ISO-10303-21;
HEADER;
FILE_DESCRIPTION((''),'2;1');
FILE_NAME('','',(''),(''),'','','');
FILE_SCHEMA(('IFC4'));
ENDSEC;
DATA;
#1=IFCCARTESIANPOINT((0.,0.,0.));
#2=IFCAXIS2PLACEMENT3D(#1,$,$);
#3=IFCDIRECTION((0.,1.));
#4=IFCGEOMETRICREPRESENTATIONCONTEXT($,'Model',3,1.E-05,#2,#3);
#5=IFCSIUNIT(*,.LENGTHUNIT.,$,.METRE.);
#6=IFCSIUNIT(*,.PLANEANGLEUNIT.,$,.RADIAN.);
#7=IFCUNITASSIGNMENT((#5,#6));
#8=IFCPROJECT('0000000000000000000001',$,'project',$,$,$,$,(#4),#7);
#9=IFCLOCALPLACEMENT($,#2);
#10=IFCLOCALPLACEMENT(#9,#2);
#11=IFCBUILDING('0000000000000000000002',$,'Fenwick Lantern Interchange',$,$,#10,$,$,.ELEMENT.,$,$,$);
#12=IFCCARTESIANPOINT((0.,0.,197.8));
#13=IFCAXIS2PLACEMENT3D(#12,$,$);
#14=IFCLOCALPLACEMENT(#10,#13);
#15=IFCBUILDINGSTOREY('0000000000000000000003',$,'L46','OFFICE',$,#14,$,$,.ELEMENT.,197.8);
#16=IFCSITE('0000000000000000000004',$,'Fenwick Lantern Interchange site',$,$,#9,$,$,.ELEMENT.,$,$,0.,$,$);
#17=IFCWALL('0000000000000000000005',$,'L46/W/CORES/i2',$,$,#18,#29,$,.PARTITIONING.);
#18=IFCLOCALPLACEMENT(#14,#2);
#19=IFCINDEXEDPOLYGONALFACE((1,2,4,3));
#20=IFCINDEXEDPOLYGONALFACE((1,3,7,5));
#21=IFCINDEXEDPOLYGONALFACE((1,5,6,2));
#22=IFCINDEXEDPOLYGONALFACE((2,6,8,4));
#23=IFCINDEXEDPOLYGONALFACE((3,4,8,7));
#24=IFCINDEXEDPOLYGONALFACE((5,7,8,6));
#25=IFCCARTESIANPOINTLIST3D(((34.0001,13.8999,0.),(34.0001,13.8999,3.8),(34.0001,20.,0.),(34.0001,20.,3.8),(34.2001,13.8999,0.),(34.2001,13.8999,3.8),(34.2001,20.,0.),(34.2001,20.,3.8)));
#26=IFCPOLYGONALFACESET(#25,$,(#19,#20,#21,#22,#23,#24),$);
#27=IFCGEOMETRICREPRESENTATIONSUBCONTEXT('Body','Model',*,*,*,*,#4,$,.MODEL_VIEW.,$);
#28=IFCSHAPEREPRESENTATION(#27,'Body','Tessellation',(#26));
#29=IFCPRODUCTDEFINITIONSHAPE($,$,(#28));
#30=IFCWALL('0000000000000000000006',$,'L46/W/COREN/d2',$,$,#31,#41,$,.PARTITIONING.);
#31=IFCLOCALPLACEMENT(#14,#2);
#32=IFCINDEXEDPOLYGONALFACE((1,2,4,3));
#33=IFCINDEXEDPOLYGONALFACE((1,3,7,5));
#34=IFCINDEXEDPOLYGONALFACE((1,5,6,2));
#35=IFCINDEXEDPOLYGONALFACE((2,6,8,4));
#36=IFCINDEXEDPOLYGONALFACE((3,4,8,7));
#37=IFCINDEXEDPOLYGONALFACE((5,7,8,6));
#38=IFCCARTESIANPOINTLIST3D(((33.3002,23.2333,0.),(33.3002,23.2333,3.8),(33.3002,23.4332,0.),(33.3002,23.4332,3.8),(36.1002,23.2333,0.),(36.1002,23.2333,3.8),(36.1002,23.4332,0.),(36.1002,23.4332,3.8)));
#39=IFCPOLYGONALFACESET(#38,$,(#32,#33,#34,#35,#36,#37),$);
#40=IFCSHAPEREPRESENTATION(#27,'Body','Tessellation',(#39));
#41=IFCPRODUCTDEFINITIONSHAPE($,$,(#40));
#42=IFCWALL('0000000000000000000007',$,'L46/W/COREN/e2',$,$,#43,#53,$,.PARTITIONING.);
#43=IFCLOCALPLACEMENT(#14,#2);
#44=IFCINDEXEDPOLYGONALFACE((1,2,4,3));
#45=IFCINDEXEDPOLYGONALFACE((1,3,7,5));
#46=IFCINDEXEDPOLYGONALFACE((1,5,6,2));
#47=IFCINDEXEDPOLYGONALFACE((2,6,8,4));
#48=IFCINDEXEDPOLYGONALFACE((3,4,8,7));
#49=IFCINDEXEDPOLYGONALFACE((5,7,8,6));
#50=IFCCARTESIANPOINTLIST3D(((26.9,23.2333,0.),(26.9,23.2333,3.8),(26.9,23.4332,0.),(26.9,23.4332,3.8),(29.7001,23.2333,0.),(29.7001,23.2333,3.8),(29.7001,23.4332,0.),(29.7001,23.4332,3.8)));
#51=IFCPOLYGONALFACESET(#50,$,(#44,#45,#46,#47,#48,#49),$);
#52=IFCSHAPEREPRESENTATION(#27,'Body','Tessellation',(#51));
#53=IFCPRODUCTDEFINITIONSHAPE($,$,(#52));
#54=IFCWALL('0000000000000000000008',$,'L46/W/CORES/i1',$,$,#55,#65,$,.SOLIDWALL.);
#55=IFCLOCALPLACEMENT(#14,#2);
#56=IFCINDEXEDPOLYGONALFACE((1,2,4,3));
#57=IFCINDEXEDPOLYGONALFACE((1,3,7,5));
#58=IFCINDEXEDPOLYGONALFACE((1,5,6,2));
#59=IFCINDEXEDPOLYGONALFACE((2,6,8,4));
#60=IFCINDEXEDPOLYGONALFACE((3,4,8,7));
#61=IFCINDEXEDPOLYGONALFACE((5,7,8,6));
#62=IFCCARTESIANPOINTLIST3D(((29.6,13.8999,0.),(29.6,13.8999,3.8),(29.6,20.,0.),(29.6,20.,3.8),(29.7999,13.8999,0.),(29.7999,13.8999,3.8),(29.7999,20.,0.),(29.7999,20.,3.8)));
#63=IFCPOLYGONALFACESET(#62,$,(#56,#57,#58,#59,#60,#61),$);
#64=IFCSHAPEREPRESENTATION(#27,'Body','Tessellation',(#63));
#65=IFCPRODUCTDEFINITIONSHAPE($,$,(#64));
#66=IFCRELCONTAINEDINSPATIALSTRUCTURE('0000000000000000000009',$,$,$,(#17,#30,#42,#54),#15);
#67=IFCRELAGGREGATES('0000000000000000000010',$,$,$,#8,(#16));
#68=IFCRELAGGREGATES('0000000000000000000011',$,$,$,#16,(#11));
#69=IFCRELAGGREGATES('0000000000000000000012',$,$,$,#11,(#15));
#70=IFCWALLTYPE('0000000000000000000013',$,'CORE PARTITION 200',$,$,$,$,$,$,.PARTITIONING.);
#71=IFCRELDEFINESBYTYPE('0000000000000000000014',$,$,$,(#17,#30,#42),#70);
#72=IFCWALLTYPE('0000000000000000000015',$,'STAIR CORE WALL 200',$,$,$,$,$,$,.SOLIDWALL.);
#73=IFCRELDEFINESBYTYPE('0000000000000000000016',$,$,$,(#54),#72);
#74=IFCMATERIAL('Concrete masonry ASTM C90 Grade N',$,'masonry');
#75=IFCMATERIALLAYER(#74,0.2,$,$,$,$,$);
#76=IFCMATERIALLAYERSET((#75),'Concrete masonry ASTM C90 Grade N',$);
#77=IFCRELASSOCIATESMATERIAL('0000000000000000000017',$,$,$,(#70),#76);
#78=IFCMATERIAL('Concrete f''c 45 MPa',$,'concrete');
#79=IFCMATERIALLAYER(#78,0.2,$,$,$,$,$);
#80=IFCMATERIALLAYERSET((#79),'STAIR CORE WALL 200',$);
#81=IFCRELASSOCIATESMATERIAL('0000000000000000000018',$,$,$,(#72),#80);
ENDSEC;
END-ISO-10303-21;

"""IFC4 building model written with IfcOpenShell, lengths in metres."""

from ifc_helpers import new_model, si_unit, direction, frame, frame_2d, origin, place, context, subcontext, project, spatial, rectangle, extrude, material, layer, layer_set, type_object, element, save


model = new_model("IFC4")

# Units and contexts
model_context = context("Model", 3, precision=1e-05, world=origin(), true_north=direction((0.0, 1.0)))
body_context = subcontext(model_context, "Body", "Model", "MODEL_VIEW")
ifc_project = project(units=[si_unit("LENGTHUNIT", "METRE"), si_unit("PLANEANGLEUNIT", "RADIAN")], contexts=[model_context])

# Site, building, storey
site_placement = place(None, origin())
site = spatial("IfcSite", under=ifc_project, at=site_placement, Name="Fenwick Lantern Interchange site", CompositionType="ELEMENT", RefElevation=0.0)
building_placement = place(site_placement, origin())
building = spatial("IfcBuilding", under=site, at=building_placement, Name="Fenwick Lantern Interchange", CompositionType="ELEMENT")
storey_placement = place(building_placement, frame((0.0, 0.0, 197.8)))
storey = spatial("IfcBuildingStorey", under=building, at=storey_placement, Name="L46", Description="OFFICE", CompositionType="ELEMENT", Elevation=197.8)

# Walls
ifc_material_1 = material(Name="Concrete masonry ASTM C90 Grade N", Category="masonry")
ifc_layer_1 = layer(ifc_material_1, 0.2)
ifc_layer_set_1 = layer_set([ifc_layer_1], Name="Concrete masonry ASTM C90 Grade N")
wall_type_1 = type_object("IfcWallType", Name="CORE PARTITION 200", PredefinedType="PARTITIONING", material=ifc_layer_set_1)
wall_1_placement = place(storey_placement, frame((34.1001, 13.8999, 0.0), z_axis=(0.0, 0.0, 1.0), x_axis=(0.0, 1.0, 0.0)))
element("IfcWall", 1, at=wall_1_placement, inside=storey, type_object=wall_type_1, Name="L46/W/CORES/i2", PredefinedType="PARTITIONING", context=body_context, shape_type="SweptSolid", body=[
    extrude(rectangle(XDim=6.1001, YDim=0.2, at=frame_2d((3.05, 0.0))), origin(), (0.0, 0.0, 1.0), 3.8),
])
for number, where, z_axis, x_axis, name in (
    (2, (36.1001, 23.3333, 0.0), (0.0, 0.0, 1.0), (-1.0, 0.0, 0.0), "L46/W/COREN/d2"),
    (3, (29.7, 23.3333, 0.0), (0.0, 0.0, 1.0), (-1.0, 0.0, 0.0), "L46/W/COREN/e2"),
):
    element("IfcWall", number, at=place(storey_placement, frame(where, z_axis=z_axis, x_axis=x_axis)), inside=storey, type_object=wall_type_1, Name=name, PredefinedType="PARTITIONING", context=body_context, shape_type="SweptSolid", body=[
        extrude(rectangle(XDim=2.8, YDim=0.2, at=frame_2d((1.3999, 0.0))), origin(), (0.0, 0.0, 1.0), 3.8),
    ])

# Wall
ifc_material_2 = material(Name="Concrete f'c 45 MPa", Category="concrete")
ifc_layer_2 = layer(ifc_material_2, 0.2)
ifc_layer_set_2 = layer_set([ifc_layer_2], Name="STAIR CORE WALL 200")
wall_type_2 = type_object("IfcWallType", Name="STAIR CORE WALL 200", PredefinedType="SOLIDWALL", material=ifc_layer_set_2)
wall_2_placement = place(storey_placement, frame((29.7, 13.8999, 0.0), z_axis=(0.0, 0.0, 1.0), x_axis=(0.0, 1.0, 0.0)))
element("IfcWall", 4, at=wall_2_placement, inside=storey, type_object=wall_type_2, Name="L46/W/CORES/i1", PredefinedType="SOLIDWALL", context=body_context, shape_type="SweptSolid", body=[
    extrude(rectangle(XDim=6.1001, YDim=0.2, at=frame_2d((3.05, 0.0))), origin(), (0.0, 0.0, 1.0), 3.8),
])

save(model, "model.ifc")
